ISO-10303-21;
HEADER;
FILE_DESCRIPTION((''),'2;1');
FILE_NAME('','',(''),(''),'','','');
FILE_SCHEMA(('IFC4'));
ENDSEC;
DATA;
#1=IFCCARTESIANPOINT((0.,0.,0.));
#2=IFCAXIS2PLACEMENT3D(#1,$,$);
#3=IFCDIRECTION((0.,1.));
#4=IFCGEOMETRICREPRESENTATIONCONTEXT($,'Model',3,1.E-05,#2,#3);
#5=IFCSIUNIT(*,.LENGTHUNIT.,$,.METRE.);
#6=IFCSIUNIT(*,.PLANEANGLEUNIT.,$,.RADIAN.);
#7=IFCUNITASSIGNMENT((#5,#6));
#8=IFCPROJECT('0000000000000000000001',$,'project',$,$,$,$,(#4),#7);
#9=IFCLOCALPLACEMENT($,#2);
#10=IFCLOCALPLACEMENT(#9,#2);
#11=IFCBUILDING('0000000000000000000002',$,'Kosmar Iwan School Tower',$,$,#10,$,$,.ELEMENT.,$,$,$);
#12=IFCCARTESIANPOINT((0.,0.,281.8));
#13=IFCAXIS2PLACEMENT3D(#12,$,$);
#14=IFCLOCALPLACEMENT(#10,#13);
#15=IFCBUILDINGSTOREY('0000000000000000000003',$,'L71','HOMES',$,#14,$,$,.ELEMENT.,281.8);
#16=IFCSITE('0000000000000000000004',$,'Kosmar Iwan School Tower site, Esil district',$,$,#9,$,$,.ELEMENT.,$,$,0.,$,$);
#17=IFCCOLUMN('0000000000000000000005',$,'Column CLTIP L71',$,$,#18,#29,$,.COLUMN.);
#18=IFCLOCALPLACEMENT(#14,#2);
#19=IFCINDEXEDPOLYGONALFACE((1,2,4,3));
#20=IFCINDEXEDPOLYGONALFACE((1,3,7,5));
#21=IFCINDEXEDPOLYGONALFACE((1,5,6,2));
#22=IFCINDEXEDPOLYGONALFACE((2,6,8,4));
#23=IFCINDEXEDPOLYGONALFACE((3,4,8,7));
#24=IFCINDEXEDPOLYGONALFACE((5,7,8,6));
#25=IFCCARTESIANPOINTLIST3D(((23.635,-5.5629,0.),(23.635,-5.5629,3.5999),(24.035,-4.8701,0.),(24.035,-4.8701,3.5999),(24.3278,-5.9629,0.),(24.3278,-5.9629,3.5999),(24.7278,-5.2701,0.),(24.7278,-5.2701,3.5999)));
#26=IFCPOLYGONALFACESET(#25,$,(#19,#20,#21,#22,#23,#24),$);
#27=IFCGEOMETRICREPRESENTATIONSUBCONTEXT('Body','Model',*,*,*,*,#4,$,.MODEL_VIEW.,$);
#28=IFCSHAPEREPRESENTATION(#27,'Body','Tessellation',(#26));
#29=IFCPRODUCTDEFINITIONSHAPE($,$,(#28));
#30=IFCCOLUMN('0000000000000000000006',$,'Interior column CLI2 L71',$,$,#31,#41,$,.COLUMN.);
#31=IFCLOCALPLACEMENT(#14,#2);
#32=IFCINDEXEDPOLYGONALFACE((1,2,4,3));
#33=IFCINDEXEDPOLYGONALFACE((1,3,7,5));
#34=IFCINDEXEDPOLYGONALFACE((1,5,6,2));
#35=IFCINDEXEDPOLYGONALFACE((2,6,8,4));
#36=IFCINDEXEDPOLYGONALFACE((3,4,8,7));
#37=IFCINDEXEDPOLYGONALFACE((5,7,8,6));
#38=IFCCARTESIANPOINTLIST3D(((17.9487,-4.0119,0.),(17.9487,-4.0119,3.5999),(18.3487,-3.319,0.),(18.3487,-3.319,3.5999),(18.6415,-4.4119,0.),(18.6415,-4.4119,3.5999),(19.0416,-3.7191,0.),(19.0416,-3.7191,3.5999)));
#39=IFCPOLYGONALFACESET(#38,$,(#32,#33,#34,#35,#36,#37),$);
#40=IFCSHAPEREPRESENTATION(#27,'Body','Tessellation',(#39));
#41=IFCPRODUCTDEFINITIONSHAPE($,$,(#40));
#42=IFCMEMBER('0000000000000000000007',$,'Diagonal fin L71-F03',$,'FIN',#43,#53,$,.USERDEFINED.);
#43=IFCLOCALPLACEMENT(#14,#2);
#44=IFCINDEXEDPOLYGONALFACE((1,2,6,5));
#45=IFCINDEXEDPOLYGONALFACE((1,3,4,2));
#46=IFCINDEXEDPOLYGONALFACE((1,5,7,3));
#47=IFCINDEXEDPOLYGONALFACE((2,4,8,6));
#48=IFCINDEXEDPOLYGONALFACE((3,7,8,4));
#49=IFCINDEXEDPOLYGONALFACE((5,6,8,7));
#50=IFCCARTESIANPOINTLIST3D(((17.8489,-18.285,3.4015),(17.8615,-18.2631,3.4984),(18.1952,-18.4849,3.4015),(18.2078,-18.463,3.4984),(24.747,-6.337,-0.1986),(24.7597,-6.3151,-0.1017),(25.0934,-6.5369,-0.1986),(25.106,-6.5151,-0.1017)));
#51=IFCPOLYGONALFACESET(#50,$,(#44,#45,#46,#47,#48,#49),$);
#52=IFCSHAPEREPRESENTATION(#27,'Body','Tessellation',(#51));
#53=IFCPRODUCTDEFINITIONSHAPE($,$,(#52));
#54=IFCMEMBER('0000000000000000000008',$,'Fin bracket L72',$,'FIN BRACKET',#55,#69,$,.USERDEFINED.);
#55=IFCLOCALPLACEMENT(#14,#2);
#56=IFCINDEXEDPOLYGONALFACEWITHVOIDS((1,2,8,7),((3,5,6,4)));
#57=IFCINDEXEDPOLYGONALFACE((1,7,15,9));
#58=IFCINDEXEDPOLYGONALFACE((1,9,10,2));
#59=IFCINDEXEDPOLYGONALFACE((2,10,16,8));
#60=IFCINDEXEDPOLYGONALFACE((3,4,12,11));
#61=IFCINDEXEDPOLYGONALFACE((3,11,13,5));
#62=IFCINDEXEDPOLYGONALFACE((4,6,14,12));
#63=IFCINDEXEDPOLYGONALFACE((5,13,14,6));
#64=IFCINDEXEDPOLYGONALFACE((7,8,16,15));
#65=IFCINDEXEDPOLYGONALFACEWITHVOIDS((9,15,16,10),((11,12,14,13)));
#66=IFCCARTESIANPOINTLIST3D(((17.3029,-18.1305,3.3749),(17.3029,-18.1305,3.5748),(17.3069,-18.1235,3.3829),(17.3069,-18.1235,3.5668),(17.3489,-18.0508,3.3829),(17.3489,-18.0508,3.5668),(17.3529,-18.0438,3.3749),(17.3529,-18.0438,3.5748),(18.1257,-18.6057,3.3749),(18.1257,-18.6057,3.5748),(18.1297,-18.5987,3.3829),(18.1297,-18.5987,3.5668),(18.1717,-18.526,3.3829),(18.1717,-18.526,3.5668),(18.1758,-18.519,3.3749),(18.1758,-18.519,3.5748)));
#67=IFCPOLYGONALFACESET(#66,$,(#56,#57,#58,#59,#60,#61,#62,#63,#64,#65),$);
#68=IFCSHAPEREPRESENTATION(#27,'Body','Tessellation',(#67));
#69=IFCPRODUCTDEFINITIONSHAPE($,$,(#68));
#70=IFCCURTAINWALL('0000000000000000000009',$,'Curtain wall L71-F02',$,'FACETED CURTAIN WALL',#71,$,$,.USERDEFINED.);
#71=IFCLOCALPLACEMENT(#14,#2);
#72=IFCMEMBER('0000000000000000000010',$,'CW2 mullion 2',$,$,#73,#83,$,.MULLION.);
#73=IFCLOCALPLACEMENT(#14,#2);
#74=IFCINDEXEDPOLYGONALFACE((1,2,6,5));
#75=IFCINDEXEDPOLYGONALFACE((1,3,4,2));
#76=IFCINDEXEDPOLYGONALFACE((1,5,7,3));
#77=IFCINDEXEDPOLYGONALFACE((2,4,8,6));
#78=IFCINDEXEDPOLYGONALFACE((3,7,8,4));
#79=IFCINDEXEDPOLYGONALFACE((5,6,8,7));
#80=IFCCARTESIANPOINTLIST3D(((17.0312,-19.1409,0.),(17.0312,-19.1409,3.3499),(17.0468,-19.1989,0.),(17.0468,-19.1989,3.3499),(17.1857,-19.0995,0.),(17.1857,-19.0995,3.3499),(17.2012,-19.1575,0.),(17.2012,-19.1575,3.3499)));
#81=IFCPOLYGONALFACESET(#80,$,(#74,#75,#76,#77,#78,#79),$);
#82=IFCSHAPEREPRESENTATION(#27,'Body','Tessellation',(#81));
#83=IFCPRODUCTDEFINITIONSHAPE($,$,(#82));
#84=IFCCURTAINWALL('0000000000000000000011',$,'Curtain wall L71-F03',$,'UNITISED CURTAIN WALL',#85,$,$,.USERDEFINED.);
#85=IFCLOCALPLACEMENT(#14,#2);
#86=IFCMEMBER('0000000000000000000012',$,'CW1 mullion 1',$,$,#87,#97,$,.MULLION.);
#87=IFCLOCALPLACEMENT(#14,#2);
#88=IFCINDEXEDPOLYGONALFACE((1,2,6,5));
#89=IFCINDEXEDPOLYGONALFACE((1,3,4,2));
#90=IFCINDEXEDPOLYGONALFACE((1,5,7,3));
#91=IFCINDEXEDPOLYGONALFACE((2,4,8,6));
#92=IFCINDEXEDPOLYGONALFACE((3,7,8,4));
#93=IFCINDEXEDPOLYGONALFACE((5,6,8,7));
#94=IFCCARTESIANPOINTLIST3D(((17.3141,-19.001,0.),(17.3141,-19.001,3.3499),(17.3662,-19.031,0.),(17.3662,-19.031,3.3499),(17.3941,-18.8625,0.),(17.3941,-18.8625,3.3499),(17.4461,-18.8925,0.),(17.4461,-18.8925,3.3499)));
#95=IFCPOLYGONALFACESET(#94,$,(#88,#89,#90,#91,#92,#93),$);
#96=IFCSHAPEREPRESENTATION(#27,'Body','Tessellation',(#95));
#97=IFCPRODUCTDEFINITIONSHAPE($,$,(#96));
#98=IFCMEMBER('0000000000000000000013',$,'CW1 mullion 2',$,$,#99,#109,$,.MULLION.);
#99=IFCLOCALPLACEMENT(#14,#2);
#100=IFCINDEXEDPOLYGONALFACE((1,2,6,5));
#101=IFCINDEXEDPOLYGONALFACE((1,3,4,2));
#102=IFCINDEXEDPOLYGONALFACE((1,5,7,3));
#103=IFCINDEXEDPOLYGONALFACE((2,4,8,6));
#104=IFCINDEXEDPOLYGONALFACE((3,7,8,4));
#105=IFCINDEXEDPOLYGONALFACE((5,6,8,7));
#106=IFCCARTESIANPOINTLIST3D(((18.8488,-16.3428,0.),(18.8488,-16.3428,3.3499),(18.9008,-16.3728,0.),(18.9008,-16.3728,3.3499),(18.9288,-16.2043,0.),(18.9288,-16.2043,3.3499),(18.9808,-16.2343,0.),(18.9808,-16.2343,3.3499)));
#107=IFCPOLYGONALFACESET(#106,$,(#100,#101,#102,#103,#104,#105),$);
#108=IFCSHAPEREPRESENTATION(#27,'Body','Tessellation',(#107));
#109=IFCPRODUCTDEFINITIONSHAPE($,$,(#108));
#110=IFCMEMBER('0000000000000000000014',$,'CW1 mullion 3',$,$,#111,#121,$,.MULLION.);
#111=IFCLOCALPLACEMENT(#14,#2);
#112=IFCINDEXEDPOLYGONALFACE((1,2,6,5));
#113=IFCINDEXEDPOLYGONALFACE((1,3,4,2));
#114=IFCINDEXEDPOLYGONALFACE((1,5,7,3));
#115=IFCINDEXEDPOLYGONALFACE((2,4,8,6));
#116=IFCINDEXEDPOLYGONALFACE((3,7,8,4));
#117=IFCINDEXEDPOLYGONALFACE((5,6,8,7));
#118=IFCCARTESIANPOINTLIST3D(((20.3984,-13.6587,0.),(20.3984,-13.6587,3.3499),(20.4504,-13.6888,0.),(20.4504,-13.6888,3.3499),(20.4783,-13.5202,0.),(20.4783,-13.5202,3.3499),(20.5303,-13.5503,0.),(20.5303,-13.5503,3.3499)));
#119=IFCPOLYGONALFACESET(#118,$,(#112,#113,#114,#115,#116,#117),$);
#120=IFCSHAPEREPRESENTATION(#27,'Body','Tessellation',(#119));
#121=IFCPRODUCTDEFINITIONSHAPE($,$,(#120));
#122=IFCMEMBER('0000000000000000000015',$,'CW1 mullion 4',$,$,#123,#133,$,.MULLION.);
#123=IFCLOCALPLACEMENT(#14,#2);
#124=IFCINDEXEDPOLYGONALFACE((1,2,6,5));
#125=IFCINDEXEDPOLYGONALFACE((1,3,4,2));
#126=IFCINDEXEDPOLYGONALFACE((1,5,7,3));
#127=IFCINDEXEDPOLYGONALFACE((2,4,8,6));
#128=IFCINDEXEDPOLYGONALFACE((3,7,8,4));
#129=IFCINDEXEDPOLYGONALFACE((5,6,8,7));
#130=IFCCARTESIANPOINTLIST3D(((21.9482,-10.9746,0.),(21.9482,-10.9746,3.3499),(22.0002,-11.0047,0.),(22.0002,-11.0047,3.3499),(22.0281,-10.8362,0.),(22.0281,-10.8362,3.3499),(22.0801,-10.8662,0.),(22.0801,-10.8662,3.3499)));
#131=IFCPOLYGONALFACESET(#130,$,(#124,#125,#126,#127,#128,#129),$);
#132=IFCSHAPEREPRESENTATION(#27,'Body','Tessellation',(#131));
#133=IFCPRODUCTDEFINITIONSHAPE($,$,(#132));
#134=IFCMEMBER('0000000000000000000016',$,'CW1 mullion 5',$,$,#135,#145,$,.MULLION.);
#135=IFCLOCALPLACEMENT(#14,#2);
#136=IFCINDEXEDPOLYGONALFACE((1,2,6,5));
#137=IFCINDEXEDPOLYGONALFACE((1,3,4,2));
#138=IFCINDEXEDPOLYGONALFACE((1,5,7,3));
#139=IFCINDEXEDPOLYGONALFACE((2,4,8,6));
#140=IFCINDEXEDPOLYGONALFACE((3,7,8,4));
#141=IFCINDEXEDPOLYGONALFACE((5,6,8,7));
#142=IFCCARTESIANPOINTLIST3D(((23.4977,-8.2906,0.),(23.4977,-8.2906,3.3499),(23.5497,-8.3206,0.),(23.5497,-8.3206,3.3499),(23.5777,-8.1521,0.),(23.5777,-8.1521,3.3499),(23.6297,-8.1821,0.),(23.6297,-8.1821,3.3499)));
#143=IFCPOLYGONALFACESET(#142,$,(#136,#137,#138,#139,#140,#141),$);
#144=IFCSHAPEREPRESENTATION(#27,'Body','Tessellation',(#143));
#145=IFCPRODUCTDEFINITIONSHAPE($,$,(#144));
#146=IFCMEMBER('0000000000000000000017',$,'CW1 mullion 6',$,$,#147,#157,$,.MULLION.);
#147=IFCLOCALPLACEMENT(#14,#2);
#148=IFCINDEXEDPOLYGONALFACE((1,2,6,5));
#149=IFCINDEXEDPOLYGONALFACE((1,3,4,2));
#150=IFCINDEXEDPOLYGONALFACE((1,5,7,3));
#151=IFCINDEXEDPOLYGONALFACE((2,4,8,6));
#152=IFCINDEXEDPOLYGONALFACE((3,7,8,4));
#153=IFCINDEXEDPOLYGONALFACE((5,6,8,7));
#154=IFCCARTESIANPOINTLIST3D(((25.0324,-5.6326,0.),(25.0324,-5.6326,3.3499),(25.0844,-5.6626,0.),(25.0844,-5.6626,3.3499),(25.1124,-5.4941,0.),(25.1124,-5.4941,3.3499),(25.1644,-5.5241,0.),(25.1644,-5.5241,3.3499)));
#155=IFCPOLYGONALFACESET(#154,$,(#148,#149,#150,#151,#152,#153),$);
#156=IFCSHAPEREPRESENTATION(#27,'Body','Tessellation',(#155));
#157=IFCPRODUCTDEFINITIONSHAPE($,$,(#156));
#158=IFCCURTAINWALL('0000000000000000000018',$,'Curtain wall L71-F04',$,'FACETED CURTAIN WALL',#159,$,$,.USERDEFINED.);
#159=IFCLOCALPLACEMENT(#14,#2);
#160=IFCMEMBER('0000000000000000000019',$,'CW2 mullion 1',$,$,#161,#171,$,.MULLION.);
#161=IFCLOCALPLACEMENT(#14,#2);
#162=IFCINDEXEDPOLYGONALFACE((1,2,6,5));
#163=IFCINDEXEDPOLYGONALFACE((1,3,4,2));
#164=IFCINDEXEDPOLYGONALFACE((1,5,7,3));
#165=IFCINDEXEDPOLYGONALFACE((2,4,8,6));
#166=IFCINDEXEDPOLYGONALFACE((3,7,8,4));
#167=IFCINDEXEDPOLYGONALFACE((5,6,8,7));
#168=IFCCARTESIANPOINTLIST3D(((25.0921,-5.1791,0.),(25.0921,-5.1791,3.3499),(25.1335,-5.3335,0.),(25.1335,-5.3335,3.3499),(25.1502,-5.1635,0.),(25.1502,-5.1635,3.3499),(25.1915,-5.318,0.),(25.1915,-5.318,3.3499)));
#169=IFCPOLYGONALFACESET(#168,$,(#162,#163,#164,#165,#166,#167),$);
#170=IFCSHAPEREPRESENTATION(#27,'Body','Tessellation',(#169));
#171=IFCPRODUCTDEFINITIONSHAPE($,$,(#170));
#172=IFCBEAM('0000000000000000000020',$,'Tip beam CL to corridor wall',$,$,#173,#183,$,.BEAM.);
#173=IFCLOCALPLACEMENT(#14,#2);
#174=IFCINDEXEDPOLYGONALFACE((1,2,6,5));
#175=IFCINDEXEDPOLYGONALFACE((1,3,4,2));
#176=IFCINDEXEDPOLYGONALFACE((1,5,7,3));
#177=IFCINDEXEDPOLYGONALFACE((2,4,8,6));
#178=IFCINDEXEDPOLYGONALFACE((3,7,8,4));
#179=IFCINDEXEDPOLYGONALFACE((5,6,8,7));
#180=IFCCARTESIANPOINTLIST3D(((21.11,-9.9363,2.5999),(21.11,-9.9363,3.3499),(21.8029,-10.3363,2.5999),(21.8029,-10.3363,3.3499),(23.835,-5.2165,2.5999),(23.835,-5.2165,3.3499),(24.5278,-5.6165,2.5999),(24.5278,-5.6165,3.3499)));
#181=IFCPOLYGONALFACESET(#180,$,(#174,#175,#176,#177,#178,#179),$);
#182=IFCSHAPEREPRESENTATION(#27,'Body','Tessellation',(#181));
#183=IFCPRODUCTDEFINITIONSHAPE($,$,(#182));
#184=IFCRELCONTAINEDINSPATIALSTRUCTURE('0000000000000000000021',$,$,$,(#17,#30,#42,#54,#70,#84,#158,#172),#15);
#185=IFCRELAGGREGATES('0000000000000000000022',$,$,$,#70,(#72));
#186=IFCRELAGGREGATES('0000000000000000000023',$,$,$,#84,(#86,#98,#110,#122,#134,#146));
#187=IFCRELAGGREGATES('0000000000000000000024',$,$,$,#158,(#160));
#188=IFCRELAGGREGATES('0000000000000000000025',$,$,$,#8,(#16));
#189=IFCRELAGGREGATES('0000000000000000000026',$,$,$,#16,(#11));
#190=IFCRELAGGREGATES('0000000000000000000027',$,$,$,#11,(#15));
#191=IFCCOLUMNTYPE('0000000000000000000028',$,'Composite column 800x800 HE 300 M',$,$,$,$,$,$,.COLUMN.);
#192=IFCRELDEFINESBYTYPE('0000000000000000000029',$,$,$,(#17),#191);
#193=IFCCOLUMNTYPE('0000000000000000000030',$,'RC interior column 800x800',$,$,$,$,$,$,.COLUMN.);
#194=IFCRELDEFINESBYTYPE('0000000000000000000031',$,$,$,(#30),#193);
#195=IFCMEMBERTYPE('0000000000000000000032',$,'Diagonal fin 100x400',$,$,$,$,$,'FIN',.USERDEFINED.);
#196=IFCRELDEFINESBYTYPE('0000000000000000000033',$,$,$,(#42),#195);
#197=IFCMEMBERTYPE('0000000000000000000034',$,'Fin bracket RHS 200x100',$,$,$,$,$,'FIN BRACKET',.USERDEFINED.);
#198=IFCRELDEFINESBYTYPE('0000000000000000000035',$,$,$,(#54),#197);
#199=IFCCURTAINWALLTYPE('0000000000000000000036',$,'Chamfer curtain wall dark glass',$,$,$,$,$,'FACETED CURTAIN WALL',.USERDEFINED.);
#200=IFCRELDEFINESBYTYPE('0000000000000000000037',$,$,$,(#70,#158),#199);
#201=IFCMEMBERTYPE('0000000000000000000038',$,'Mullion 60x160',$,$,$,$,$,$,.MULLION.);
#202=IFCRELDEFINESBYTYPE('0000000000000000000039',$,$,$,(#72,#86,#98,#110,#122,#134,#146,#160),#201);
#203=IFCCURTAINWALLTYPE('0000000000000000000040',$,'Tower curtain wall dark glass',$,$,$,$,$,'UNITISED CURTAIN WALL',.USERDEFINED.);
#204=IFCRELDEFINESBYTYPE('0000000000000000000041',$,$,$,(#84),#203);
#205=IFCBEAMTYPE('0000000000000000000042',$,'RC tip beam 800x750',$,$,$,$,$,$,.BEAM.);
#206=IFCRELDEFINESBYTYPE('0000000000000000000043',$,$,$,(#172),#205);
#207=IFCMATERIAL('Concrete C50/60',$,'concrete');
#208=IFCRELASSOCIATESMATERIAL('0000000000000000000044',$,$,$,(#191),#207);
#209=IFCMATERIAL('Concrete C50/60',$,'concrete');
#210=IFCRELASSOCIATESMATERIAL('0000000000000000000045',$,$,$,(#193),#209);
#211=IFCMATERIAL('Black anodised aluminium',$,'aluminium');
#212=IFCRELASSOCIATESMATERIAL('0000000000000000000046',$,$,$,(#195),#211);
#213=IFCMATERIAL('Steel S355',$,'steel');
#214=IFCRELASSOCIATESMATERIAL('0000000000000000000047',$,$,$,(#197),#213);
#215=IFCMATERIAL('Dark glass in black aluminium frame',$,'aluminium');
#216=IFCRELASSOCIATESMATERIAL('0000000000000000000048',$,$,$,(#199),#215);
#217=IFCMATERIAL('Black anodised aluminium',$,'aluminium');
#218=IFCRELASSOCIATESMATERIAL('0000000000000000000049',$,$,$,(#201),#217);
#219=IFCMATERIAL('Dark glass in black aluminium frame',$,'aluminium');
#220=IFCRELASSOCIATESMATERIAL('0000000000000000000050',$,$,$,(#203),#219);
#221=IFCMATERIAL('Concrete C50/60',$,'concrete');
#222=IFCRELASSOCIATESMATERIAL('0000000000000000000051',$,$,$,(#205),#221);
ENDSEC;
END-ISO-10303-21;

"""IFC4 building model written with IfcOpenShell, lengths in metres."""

from ifc_helpers import new_model, si_unit, direction, frame, origin, origin_2d, place, context, subcontext, project, spatial, rectangle, hollow_rectangle, extrude, material, material_profile, profile_set, type_object, element, aggregate, save


model = new_model("IFC4")

# Units and contexts
model_context = context("Model", 3, precision=1e-05, world=origin(), true_north=direction((0.0, 1.0)))
body_context = subcontext(model_context, "Body", "Model", "MODEL_VIEW")
ifc_project = project(units=[si_unit("LENGTHUNIT", "METRE"), si_unit("PLANEANGLEUNIT", "RADIAN")], contexts=[model_context])

# Site, building, storey
site_placement = place(None, origin())
site = spatial("IfcSite", under=ifc_project, at=site_placement, Name="Kosmar Iwan School Tower site, Esil district", CompositionType="ELEMENT", RefElevation=0.0)
building_placement = place(site_placement, origin())
building = spatial("IfcBuilding", under=site, at=building_placement, Name="Kosmar Iwan School Tower", CompositionType="ELEMENT")
storey_placement = place(building_placement, frame((0.0, 0.0, 281.8)))
storey = spatial("IfcBuildingStorey", under=building, at=storey_placement, Name="L71", Description="HOMES", CompositionType="ELEMENT", Elevation=281.8)

# Columns
ifc_material_1 = material(Name="Concrete C50/60", Category="concrete")
ifc_material_profile_1 = material_profile(ifc_material_1, rectangle(XDim=0.8, YDim=0.8, at=origin_2d()), Name="RC 800x800 + HE 300 M")
ifc_profile_set_1 = profile_set([ifc_material_profile_1], Name="Concrete C50/60")
column_type_1 = type_object("IfcColumnType", Name="Composite column 800x800 HE 300 M", PredefinedType="COLUMN", material=ifc_profile_set_1)
column_1_placement = place(storey_placement, frame((24.1814, -5.4165, 0.0), z_axis=(0.0, 0.0, 1.0), x_axis=(0.866025, -0.5, 0.0)))
element("IfcColumn", 1, at=column_1_placement, inside=storey, type_object=column_type_1, Name="Column CLTIP L71", PredefinedType="COLUMN", context=body_context, shape_type="SweptSolid", body=[
    extrude(rectangle(XDim=0.8, YDim=0.8, at=origin_2d()), origin(), (0.0, 0.0, 1.0), 3.5999),
])
ifc_material_2 = material(Name="Concrete C50/60", Category="concrete")
ifc_material_profile_2 = material_profile(ifc_material_2, rectangle(XDim=0.8, YDim=0.8, at=origin_2d()), Name="RC 800x800")
ifc_profile_set_2 = profile_set([ifc_material_profile_2], Name="Concrete C50/60")
column_type_2 = type_object("IfcColumnType", Name="RC interior column 800x800", PredefinedType="COLUMN", material=ifc_profile_set_2)
column_2_placement = place(storey_placement, frame((18.4951, -3.8655, 0.0), z_axis=(0.0, 0.0, 1.0), x_axis=(0.866025, -0.5, 0.0)))
element("IfcColumn", 2, at=column_2_placement, inside=storey, type_object=column_type_2, Name="Interior column CLI2 L71", PredefinedType="COLUMN", context=body_context, shape_type="SweptSolid", body=[
    extrude(rectangle(XDim=0.8, YDim=0.8, at=origin_2d()), origin(), (0.0, 0.0, 1.0), 3.5999),
])

# Members
ifc_material_3 = material(Name="Black anodised aluminium", Category="aluminium")
ifc_material_profile_3 = material_profile(ifc_material_3, rectangle(XDim=0.1001, YDim=0.3999, at=origin_2d()), Name="FIN 100x400")
ifc_profile_set_3 = profile_set([ifc_material_profile_3], Name="Black anodised aluminium")
member_type_1 = type_object("IfcMemberType", Name="Diagonal fin 100x400", ElementType="FIN", PredefinedType="USERDEFINED", material=ifc_profile_set_3)
member_1_placement = place(storey_placement, frame((24.9265, -6.426, -0.1501), z_axis=(-0.4838, -0.837965, 0.252491), x_axis=(0.126245, 0.218663, 0.967599)))
element("IfcMember", 3, at=member_1_placement, inside=storey, type_object=member_type_1, Name="Diagonal fin L71-F03", ObjectType="FIN", PredefinedType="USERDEFINED", context=body_context, shape_type="SweptSolid", body=[
    extrude(rectangle(XDim=0.1001, YDim=0.3999, at=origin_2d()), origin(), (0.0, 0.0, 1.0), 14.2583),
])
ifc_material_4 = material(Name="Steel S355", Category="steel")
ifc_material_profile_4 = material_profile(ifc_material_4, hollow_rectangle(XDim=0.1001, YDim=0.2, WallThickness=0.0081, at=origin_2d()), Name="RHS 200x100x8")
ifc_profile_set_4 = profile_set([ifc_material_profile_4], Name="Steel S355")
member_type_2 = type_object("IfcMemberType", Name="Fin bracket RHS 200x100", ElementType="FIN BRACKET", PredefinedType="USERDEFINED", material=ifc_profile_set_4)
member_2_placement = place(storey_placement, frame((17.3279, -18.0872, 3.4749), z_axis=(0.865989, -0.500064, 0.0), x_axis=(0.500064, 0.865989, 0.0)))
element("IfcMember", 4, at=member_2_placement, inside=storey, type_object=member_type_2, Name="Fin bracket L72", ObjectType="FIN BRACKET", PredefinedType="USERDEFINED", context=body_context, shape_type="SweptSolid", body=[
    extrude(hollow_rectangle(XDim=0.1001, YDim=0.2, WallThickness=0.0081, at=origin_2d()), origin(), (0.0, 0.0, 1.0), 0.9502),
])

# Curtain wall, member
ifc_material_5 = material(Name="Dark glass in black aluminium frame", Category="aluminium")
curtain_wall_type_1 = type_object("IfcCurtainWallType", Name="Chamfer curtain wall dark glass", ElementType="FACETED CURTAIN WALL", PredefinedType="USERDEFINED", material=ifc_material_5)
curtain_wall_1_placement = place(storey_placement, origin())
curtain_wall_1 = element("IfcCurtainWall", 5, at=curtain_wall_1_placement, inside=storey, type_object=curtain_wall_type_1, Name="Curtain wall L71-F02", ObjectType="FACETED CURTAIN WALL", PredefinedType="USERDEFINED")
ifc_material_6 = material(Name="Black anodised aluminium", Category="aluminium")
ifc_material_profile_5 = material_profile(ifc_material_6, rectangle(XDim=0.0601, YDim=0.1599, at=origin_2d()), Name="MULLION 60x160")
ifc_profile_set_5 = profile_set([ifc_material_profile_5], Name="Black anodised aluminium")
member_type_3 = type_object("IfcMemberType", Name="Mullion 60x160", PredefinedType="MULLION", material=ifc_profile_set_5)
member_3_placement = place(storey_placement, frame((17.1162, -19.1492, 0.0), z_axis=(0.0, 0.0, 1.0), x_axis=(-0.258819, 0.965926, 0.0)))
member_3 = element("IfcMember", 6, at=member_3_placement, type_object=member_type_3, Name="CW2 mullion 2", PredefinedType="MULLION", context=body_context, shape_type="SweptSolid", body=[
    extrude(rectangle(XDim=0.0601, YDim=0.1599, at=origin_2d()), origin(), (0.0, 0.0, 1.0), 3.3499),
])
aggregate(curtain_wall_1, [member_3])

# Curtain wall, members
ifc_material_7 = material(Name="Dark glass in black aluminium frame", Category="aluminium")
curtain_wall_type_2 = type_object("IfcCurtainWallType", Name="Tower curtain wall dark glass", ElementType="UNITISED CURTAIN WALL", PredefinedType="USERDEFINED", material=ifc_material_7)
curtain_wall_2_placement = place(storey_placement, origin())
curtain_wall_2 = element("IfcCurtainWall", 7, at=curtain_wall_2_placement, inside=storey, type_object=curtain_wall_type_2, Name="Curtain wall L71-F03", ObjectType="UNITISED CURTAIN WALL", PredefinedType="USERDEFINED")
member_4_placement = place(storey_placement, frame((17.3801, -18.9468, 0.0), z_axis=(0.0, 0.0, 1.0), x_axis=(-0.866025, 0.5, 0.0)))
member_4 = element("IfcMember", 8, at=member_4_placement, type_object=member_type_3, Name="CW1 mullion 1", PredefinedType="MULLION", context=body_context, shape_type="SweptSolid", body=[
    extrude(rectangle(XDim=0.0601, YDim=0.1599, at=origin_2d()), origin(), (0.0, 0.0, 1.0), 3.3499),
])
member_5_placement = place(storey_placement, frame((18.9148, -16.2886, 0.0), z_axis=(0.0, 0.0, 1.0), x_axis=(-0.866025, 0.5, 0.0)))
member_5 = element("IfcMember", 9, at=member_5_placement, type_object=member_type_3, Name="CW1 mullion 2", PredefinedType="MULLION", context=body_context, shape_type="SweptSolid", body=[
    extrude(rectangle(XDim=0.0601, YDim=0.1599, at=origin_2d()), origin(), (0.0, 0.0, 1.0), 3.3499),
])
member_6_placement = place(storey_placement, frame((20.4644, -13.6045, 0.0), z_axis=(0.0, 0.0, 1.0), x_axis=(-0.866025, 0.5, 0.0)))
member_6 = element("IfcMember", 10, at=member_6_placement, type_object=member_type_3, Name="CW1 mullion 3", PredefinedType="MULLION", context=body_context, shape_type="SweptSolid", body=[
    extrude(rectangle(XDim=0.0601, YDim=0.1599, at=origin_2d()), origin(), (0.0, 0.0, 1.0), 3.3499),
])
member_7_placement = place(storey_placement, frame((22.0142, -10.9204, 0.0), z_axis=(0.0, 0.0, 1.0), x_axis=(-0.866025, 0.5, 0.0)))
member_7 = element("IfcMember", 11, at=member_7_placement, type_object=member_type_3, Name="CW1 mullion 4", PredefinedType="MULLION", context=body_context, shape_type="SweptSolid", body=[
    extrude(rectangle(XDim=0.0601, YDim=0.1599, at=origin_2d()), origin(), (0.0, 0.0, 1.0), 3.3499),
])
member_8_placement = place(storey_placement, frame((23.5637, -8.2363, 0.0), z_axis=(0.0, 0.0, 1.0), x_axis=(-0.866025, 0.5, 0.0)))
member_8 = element("IfcMember", 12, at=member_8_placement, type_object=member_type_3, Name="CW1 mullion 5", PredefinedType="MULLION", context=body_context, shape_type="SweptSolid", body=[
    extrude(rectangle(XDim=0.0601, YDim=0.1599, at=origin_2d()), origin(), (0.0, 0.0, 1.0), 3.3499),
])
member_9_placement = place(storey_placement, frame((25.0984, -5.5784, 0.0), z_axis=(0.0, 0.0, 1.0), x_axis=(-0.866025, 0.5, 0.0)))
member_9 = element("IfcMember", 13, at=member_9_placement, type_object=member_type_3, Name="CW1 mullion 6", PredefinedType="MULLION", context=body_context, shape_type="SweptSolid", body=[
    extrude(rectangle(XDim=0.0601, YDim=0.1599, at=origin_2d()), origin(), (0.0, 0.0, 1.0), 3.3499),
])

# Curtain wall, member
curtain_wall_3_placement = place(storey_placement, origin())
curtain_wall_3 = element("IfcCurtainWall", 14, at=curtain_wall_3_placement, inside=storey, type_object=curtain_wall_type_1, Name="Curtain wall L71-F04", ObjectType="FACETED CURTAIN WALL", PredefinedType="USERDEFINED")
member_10_placement = place(storey_placement, frame((25.1418, -5.2485, 0.0), z_axis=(0.0, 0.0, 1.0), x_axis=(-0.965926, -0.258819, 0.0)))
member_10 = element("IfcMember", 15, at=member_10_placement, type_object=member_type_3, Name="CW2 mullion 1", PredefinedType="MULLION", context=body_context, shape_type="SweptSolid", body=[
    extrude(rectangle(XDim=0.0601, YDim=0.1599, at=origin_2d()), origin(), (0.0, 0.0, 1.0), 3.3499),
])

# Beam
ifc_material_8 = material(Name="Concrete C50/60", Category="concrete")
ifc_material_profile_6 = material_profile(ifc_material_8, rectangle(XDim=0.8, YDim=0.75, at=origin_2d()), Name="RC 800x750")
ifc_profile_set_6 = profile_set([ifc_material_profile_6], Name="Concrete C50/60")
beam_type = type_object("IfcBeamType", Name="RC tip beam 800x750", PredefinedType="BEAM", material=ifc_profile_set_6)
beam_placement = place(storey_placement, frame((24.1814, -5.4165, 2.9749), z_axis=(-0.499989, -0.866032, 0.0), x_axis=(0.866032, -0.499989, 0.0)))
element("IfcBeam", 16, at=beam_placement, inside=storey, type_object=beam_type, Name="Tip beam CL to corridor wall", PredefinedType="BEAM", context=body_context, shape_type="SweptSolid", body=[
    extrude(rectangle(XDim=0.8, YDim=0.75, at=origin_2d()), origin(), (0.0, 0.0, 1.0), 5.45),
])

aggregate(curtain_wall_2, [member_4, member_5, member_6, member_7, member_8, member_9])
aggregate(curtain_wall_3, [member_10])

save(model, "model.ifc")
